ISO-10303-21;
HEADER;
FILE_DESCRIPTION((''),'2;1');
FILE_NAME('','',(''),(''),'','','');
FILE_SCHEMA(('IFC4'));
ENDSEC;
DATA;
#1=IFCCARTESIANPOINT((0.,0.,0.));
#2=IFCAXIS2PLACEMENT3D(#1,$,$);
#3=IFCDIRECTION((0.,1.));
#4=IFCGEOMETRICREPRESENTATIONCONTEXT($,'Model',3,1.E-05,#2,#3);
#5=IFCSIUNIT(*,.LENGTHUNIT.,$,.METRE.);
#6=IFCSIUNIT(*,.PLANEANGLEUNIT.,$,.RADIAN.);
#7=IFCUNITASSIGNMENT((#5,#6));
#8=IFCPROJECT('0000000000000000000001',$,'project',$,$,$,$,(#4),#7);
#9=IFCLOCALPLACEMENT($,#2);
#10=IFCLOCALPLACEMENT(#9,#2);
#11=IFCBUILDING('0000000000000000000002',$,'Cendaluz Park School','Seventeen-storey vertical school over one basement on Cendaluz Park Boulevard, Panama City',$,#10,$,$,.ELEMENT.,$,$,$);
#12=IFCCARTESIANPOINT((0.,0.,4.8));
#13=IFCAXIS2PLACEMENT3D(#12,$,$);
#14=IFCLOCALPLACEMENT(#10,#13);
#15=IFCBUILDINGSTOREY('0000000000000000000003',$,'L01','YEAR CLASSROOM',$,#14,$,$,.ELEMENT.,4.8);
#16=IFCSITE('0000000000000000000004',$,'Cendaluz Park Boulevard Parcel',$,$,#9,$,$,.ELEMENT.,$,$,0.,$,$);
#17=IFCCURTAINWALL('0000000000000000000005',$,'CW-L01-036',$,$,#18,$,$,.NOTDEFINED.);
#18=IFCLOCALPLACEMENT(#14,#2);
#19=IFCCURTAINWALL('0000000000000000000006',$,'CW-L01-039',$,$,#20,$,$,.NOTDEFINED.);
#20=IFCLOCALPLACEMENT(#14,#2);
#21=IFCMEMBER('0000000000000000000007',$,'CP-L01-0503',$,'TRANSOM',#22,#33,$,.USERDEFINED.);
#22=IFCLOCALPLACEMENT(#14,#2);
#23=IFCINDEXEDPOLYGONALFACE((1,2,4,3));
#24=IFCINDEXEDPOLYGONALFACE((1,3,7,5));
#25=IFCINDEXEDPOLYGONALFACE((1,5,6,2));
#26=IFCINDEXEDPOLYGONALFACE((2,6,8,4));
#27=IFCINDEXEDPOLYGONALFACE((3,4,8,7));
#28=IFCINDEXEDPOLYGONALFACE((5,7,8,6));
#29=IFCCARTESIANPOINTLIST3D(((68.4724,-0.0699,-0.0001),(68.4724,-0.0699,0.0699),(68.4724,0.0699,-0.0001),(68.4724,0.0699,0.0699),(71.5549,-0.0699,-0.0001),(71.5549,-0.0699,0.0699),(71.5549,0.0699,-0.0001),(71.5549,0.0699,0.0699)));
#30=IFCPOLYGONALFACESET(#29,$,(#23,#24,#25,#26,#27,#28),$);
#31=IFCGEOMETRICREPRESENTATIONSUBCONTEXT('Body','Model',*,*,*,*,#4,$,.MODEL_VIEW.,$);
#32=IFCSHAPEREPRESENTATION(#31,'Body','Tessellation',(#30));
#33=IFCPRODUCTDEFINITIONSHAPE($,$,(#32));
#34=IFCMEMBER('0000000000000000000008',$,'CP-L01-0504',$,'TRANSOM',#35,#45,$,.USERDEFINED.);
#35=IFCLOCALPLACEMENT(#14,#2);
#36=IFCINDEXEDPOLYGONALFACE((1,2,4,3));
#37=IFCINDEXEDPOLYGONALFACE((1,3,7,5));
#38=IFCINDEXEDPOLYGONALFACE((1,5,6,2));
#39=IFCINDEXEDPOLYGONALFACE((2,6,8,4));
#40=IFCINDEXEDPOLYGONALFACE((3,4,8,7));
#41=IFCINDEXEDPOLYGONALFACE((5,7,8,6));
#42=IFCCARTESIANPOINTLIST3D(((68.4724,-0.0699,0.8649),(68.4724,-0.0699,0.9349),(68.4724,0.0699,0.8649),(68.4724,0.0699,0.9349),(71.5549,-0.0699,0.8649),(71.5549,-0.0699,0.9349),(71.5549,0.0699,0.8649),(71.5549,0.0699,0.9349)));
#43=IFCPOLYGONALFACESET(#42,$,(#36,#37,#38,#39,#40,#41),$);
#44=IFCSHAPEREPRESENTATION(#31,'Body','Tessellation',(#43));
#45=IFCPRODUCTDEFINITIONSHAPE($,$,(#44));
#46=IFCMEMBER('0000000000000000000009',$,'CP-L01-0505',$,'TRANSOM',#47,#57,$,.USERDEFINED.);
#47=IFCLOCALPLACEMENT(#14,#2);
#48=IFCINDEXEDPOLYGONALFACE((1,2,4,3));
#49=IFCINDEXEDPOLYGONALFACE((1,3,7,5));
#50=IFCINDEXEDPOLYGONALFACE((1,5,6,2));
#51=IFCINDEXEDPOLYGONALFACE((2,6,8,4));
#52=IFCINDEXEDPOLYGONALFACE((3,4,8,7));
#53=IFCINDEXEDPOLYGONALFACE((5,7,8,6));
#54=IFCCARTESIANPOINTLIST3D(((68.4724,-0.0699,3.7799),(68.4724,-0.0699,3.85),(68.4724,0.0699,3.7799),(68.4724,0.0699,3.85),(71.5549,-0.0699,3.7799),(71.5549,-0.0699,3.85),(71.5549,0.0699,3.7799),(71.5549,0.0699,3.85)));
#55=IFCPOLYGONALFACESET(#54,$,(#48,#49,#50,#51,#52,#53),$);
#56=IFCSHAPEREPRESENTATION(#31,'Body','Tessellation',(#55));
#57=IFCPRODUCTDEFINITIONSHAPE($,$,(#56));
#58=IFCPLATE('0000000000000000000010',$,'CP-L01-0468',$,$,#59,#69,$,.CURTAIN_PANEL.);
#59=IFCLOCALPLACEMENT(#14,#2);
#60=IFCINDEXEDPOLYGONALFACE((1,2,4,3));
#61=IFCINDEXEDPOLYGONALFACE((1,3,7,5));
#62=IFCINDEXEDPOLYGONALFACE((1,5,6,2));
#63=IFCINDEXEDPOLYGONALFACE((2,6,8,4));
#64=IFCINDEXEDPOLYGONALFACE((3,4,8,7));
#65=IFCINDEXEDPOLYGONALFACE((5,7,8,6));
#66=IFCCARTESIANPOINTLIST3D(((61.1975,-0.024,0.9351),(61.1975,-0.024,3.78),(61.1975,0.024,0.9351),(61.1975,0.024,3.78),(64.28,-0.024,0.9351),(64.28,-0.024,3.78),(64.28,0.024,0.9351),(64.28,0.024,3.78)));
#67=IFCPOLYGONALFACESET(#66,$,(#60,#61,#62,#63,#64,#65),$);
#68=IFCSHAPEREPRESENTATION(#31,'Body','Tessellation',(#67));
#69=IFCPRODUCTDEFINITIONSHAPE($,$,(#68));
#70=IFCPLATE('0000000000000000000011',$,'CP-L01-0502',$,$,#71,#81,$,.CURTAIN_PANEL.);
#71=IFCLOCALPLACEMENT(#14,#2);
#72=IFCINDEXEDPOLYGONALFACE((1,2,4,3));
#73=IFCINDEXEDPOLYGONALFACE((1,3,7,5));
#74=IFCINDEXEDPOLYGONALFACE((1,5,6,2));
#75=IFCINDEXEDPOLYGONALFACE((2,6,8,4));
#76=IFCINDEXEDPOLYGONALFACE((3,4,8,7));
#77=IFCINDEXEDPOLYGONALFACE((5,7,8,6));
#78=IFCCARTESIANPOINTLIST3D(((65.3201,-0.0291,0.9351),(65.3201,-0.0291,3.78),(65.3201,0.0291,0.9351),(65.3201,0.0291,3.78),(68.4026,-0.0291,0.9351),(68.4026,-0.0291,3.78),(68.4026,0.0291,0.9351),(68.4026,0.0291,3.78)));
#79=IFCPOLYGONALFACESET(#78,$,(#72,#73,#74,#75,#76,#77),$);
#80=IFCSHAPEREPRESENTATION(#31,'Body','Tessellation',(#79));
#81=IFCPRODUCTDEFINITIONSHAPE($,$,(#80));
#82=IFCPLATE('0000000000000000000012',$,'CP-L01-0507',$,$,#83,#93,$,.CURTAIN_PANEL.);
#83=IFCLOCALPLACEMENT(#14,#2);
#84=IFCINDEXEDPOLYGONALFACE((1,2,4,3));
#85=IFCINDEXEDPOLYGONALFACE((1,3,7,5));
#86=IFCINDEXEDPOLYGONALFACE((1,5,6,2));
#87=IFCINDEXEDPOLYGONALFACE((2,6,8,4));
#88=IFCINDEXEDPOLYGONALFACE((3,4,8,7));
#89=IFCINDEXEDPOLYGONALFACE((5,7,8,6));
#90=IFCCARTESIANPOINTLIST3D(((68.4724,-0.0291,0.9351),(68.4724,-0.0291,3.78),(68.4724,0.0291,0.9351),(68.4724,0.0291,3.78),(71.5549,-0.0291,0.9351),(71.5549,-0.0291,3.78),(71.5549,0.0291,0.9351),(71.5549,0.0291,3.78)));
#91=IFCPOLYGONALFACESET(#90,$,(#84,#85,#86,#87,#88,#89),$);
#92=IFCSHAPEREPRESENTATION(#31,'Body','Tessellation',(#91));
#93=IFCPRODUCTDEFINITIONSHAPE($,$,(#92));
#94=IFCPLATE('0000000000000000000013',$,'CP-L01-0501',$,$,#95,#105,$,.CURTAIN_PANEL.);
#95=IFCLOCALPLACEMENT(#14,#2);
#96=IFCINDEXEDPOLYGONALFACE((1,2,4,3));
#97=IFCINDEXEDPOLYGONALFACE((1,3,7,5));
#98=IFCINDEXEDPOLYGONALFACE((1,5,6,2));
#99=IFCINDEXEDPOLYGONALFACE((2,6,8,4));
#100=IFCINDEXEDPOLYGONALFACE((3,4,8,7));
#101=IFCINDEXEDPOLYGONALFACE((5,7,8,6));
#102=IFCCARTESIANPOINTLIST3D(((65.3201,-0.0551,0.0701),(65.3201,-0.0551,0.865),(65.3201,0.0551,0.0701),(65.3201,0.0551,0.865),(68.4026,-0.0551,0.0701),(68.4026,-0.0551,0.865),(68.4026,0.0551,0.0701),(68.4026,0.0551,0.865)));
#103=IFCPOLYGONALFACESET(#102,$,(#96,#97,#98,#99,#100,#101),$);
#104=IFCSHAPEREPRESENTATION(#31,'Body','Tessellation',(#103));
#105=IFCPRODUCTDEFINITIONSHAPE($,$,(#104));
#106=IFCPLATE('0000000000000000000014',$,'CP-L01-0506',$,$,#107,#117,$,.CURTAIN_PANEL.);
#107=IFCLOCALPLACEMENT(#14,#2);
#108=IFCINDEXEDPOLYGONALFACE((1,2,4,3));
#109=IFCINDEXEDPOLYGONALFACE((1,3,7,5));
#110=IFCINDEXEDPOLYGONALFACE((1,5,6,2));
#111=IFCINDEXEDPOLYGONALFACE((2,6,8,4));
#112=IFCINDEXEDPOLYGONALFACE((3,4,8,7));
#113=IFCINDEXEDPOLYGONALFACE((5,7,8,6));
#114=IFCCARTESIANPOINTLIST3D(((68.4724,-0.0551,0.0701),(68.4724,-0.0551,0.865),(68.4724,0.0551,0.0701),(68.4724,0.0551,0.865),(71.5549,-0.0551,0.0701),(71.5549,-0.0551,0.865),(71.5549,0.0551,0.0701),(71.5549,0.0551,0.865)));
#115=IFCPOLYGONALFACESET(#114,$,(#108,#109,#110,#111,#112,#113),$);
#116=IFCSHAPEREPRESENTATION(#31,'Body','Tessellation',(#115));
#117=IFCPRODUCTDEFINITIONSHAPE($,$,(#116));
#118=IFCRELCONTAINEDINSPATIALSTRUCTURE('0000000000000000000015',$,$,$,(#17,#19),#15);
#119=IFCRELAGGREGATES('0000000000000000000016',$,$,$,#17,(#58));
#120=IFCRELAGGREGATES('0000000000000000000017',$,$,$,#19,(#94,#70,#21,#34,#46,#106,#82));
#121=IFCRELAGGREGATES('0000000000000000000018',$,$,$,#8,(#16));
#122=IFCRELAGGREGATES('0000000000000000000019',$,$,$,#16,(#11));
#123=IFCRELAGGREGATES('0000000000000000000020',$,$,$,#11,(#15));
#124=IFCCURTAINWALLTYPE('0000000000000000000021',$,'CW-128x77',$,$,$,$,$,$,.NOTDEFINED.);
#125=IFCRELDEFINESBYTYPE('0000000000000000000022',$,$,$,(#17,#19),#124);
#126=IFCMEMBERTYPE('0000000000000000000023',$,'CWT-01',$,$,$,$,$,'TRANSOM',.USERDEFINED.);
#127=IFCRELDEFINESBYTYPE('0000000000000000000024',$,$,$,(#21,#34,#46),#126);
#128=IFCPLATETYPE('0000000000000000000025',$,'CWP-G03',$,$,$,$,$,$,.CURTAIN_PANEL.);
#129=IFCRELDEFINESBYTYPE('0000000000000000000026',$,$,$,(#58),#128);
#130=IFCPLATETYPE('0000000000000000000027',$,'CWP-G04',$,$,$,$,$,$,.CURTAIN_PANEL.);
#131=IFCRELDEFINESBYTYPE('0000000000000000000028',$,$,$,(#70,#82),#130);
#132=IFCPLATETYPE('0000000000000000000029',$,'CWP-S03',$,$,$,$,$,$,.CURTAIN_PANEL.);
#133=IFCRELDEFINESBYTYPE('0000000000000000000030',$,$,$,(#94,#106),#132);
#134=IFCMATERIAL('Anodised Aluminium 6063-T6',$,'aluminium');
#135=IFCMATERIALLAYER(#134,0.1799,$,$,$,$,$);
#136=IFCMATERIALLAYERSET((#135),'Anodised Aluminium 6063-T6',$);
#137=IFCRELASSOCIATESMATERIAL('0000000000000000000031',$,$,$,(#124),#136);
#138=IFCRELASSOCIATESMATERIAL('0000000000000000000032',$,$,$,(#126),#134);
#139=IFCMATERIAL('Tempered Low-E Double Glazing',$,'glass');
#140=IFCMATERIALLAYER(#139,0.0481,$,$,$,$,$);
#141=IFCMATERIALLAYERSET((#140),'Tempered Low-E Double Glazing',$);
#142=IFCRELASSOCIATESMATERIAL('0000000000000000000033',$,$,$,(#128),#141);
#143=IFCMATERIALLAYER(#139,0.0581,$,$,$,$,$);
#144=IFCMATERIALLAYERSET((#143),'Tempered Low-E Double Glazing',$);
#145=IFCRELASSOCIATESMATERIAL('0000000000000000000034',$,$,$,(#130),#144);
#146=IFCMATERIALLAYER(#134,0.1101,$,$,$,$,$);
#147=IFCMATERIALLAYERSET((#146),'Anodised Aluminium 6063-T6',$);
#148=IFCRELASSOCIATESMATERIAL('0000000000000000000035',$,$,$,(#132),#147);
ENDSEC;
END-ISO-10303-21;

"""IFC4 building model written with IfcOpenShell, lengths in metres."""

from ifc_helpers import new_model, si_unit, direction, frame, origin, origin_2d, place, context, subcontext, project, spatial, rectangle, extrude, material, layer, layer_set, material_profile, profile_set, type_object, element, aggregate, save


model = new_model("IFC4")

# Units and contexts
model_context = context("Model", 3, precision=1e-05, world=origin(), true_north=direction((0.0, 1.0)))
body_context = subcontext(model_context, "Body", "Model", "MODEL_VIEW")
ifc_project = project(units=[si_unit("LENGTHUNIT", "METRE"), si_unit("PLANEANGLEUNIT", "RADIAN")], contexts=[model_context])

# Site, building, storey
site_placement = place(None, origin())
site = spatial("IfcSite", under=ifc_project, at=site_placement, Name="Cendaluz Park Boulevard Parcel", CompositionType="ELEMENT", RefElevation=0.0)
building_placement = place(site_placement, origin())
building = spatial("IfcBuilding", under=site, at=building_placement, Name="Cendaluz Park School", Description="Seventeen-storey vertical school over one basement on Cendaluz Park Boulevard, Panama City", CompositionType="ELEMENT")
storey_placement = place(building_placement, frame((0.0, 0.0, 4.8)))
storey = spatial("IfcBuildingStorey", under=building, at=storey_placement, Name="L01", Description="YEAR CLASSROOM", CompositionType="ELEMENT", Elevation=4.8)

# Curtain wall
ifc_material_1 = material(Name="Anodised Aluminium 6063-T6", Category="aluminium")
ifc_layer_1 = layer(ifc_material_1, 0.1799)
ifc_layer_set_1 = layer_set([ifc_layer_1], Name="Anodised Aluminium 6063-T6")
curtain_wall_type = type_object("IfcCurtainWallType", Name="CW-128x77", PredefinedType="NOTDEFINED", material=ifc_layer_set_1)
curtain_wall_1_placement = place(storey_placement, origin())
curtain_wall_1 = element("IfcCurtainWall", 1, at=curtain_wall_1_placement, inside=storey, type_object=curtain_wall_type, Name="CW-L01-036", PredefinedType="NOTDEFINED")

# Curtain wall, members
curtain_wall_2_placement = place(storey_placement, origin())
curtain_wall_2 = element("IfcCurtainWall", 2, at=curtain_wall_2_placement, inside=storey, type_object=curtain_wall_type, Name="CW-L01-039", PredefinedType="NOTDEFINED")
ifc_material_profile_1 = material_profile(ifc_material_1, rectangle(XDim=0.1399, YDim=0.0701, at=origin_2d()), Name="CWT 140x70", Category="aluminium")
ifc_profile_set_1 = profile_set([ifc_material_profile_1], Name="Anodised Aluminium 6063-T6")
member_type_1 = type_object("IfcMemberType", Name="CWT-01", ElementType="TRANSOM", PredefinedType="USERDEFINED", material=ifc_profile_set_1)
member_1_placement = place(storey_placement, frame((68.4724, 0.0, 0.0349), z_axis=(1.0, 0.0, 0.0), x_axis=(0.0, 1.0, 0.0)))
member_1 = element("IfcMember", 3, at=member_1_placement, type_object=member_type_1, Name="CP-L01-0503", ObjectType="TRANSOM", PredefinedType="USERDEFINED", context=body_context, shape_type="SweptSolid", body=[
    extrude(rectangle(XDim=0.1399, YDim=0.0701, at=origin_2d()), origin(), (0.0, 0.0, 1.0), 3.0825),
])
member_2_placement = place(storey_placement, frame((68.4724, 0.0, 0.8999), z_axis=(1.0, 0.0, 0.0), x_axis=(0.0, 1.0, 0.0)))
member_2 = element("IfcMember", 4, at=member_2_placement, type_object=member_type_1, Name="CP-L01-0504", ObjectType="TRANSOM", PredefinedType="USERDEFINED", context=body_context, shape_type="SweptSolid", body=[
    extrude(rectangle(XDim=0.1399, YDim=0.0701, at=origin_2d()), origin(), (0.0, 0.0, 1.0), 3.0825),
])
member_3_placement = place(storey_placement, frame((68.4724, 0.0, 3.8149), z_axis=(1.0, 0.0, 0.0), x_axis=(0.0, 1.0, 0.0)))
member_3 = element("IfcMember", 5, at=member_3_placement, type_object=member_type_1, Name="CP-L01-0505", ObjectType="TRANSOM", PredefinedType="USERDEFINED", context=body_context, shape_type="SweptSolid", body=[
    extrude(rectangle(XDim=0.1399, YDim=0.0701, at=origin_2d()), origin(), (0.0, 0.0, 1.0), 3.0825),
])

# Plates
ifc_material_2 = material(Name="Tempered Low-E Double Glazing", Category="glass")
ifc_layer_2 = layer(ifc_material_2, 0.0481)
ifc_layer_set_2 = layer_set([ifc_layer_2], Name="Tempered Low-E Double Glazing")
plate_type_1 = type_object("IfcPlateType", Name="CWP-G03", PredefinedType="CURTAIN_PANEL", material=ifc_layer_set_2)
plate_1_placement = place(storey_placement, frame((62.7388, 0.0, 0.9351), z_axis=(0.0, 0.0, 1.0), x_axis=(1.0, 0.0, 0.0)))
plate_1 = element("IfcPlate", 6, at=plate_1_placement, type_object=plate_type_1, Name="CP-L01-0468", PredefinedType="CURTAIN_PANEL", context=body_context, shape_type="SweptSolid", body=[
    extrude(rectangle(XDim=3.0825, YDim=0.0481, at=origin_2d()), origin(), (0.0, 0.0, 1.0), 2.845),
])
aggregate(curtain_wall_1, [plate_1])
ifc_layer_3 = layer(ifc_material_2, 0.0581)
ifc_layer_set_3 = layer_set([ifc_layer_3], Name="Tempered Low-E Double Glazing")
plate_type_2 = type_object("IfcPlateType", Name="CWP-G04", PredefinedType="CURTAIN_PANEL", material=ifc_layer_set_3)
plate_2_placement = place(storey_placement, frame((66.8613, 0.0, 0.9351), z_axis=(0.0, 0.0, 1.0), x_axis=(1.0, 0.0, 0.0)))
plate_2 = element("IfcPlate", 7, at=plate_2_placement, type_object=plate_type_2, Name="CP-L01-0502", PredefinedType="CURTAIN_PANEL", context=body_context, shape_type="SweptSolid", body=[
    extrude(rectangle(XDim=3.0825, YDim=0.0581, at=origin_2d()), origin(), (0.0, 0.0, 1.0), 2.845),
])
plate_3_placement = place(storey_placement, frame((70.0137, 0.0, 0.9351), z_axis=(0.0, 0.0, 1.0), x_axis=(1.0, 0.0, 0.0)))
plate_3 = element("IfcPlate", 8, at=plate_3_placement, type_object=plate_type_2, Name="CP-L01-0507", PredefinedType="CURTAIN_PANEL", context=body_context, shape_type="SweptSolid", body=[
    extrude(rectangle(XDim=3.0825, YDim=0.0581, at=origin_2d()), origin(), (0.0, 0.0, 1.0), 2.845),
])
ifc_layer_4 = layer(ifc_material_1, 0.1101)
ifc_layer_set_4 = layer_set([ifc_layer_4], Name="Anodised Aluminium 6063-T6")
plate_type_3 = type_object("IfcPlateType", Name="CWP-S03", PredefinedType="CURTAIN_PANEL", material=ifc_layer_set_4)
plate_4_placement = place(storey_placement, frame((66.8613, 0.0, 0.0701), z_axis=(0.0, 0.0, 1.0), x_axis=(1.0, 0.0, 0.0)))
plate_4 = element("IfcPlate", 9, at=plate_4_placement, type_object=plate_type_3, Name="CP-L01-0501", PredefinedType="CURTAIN_PANEL", context=body_context, shape_type="SweptSolid", body=[
    extrude(rectangle(XDim=3.0825, YDim=0.1101, at=origin_2d()), origin(), (0.0, 0.0, 1.0), 0.7949),
])
plate_5_placement = place(storey_placement, frame((70.0137, 0.0, 0.0701), z_axis=(0.0, 0.0, 1.0), x_axis=(1.0, 0.0, 0.0)))
plate_5 = element("IfcPlate", 10, at=plate_5_placement, type_object=plate_type_3, Name="CP-L01-0506", PredefinedType="CURTAIN_PANEL", context=body_context, shape_type="SweptSolid", body=[
    extrude(rectangle(XDim=3.0825, YDim=0.1101, at=origin_2d()), origin(), (0.0, 0.0, 1.0), 0.7949),
])
aggregate(curtain_wall_2, [plate_4, plate_2, member_1, member_2, member_3, plate_5, plate_3])

save(model, "model.ifc")
